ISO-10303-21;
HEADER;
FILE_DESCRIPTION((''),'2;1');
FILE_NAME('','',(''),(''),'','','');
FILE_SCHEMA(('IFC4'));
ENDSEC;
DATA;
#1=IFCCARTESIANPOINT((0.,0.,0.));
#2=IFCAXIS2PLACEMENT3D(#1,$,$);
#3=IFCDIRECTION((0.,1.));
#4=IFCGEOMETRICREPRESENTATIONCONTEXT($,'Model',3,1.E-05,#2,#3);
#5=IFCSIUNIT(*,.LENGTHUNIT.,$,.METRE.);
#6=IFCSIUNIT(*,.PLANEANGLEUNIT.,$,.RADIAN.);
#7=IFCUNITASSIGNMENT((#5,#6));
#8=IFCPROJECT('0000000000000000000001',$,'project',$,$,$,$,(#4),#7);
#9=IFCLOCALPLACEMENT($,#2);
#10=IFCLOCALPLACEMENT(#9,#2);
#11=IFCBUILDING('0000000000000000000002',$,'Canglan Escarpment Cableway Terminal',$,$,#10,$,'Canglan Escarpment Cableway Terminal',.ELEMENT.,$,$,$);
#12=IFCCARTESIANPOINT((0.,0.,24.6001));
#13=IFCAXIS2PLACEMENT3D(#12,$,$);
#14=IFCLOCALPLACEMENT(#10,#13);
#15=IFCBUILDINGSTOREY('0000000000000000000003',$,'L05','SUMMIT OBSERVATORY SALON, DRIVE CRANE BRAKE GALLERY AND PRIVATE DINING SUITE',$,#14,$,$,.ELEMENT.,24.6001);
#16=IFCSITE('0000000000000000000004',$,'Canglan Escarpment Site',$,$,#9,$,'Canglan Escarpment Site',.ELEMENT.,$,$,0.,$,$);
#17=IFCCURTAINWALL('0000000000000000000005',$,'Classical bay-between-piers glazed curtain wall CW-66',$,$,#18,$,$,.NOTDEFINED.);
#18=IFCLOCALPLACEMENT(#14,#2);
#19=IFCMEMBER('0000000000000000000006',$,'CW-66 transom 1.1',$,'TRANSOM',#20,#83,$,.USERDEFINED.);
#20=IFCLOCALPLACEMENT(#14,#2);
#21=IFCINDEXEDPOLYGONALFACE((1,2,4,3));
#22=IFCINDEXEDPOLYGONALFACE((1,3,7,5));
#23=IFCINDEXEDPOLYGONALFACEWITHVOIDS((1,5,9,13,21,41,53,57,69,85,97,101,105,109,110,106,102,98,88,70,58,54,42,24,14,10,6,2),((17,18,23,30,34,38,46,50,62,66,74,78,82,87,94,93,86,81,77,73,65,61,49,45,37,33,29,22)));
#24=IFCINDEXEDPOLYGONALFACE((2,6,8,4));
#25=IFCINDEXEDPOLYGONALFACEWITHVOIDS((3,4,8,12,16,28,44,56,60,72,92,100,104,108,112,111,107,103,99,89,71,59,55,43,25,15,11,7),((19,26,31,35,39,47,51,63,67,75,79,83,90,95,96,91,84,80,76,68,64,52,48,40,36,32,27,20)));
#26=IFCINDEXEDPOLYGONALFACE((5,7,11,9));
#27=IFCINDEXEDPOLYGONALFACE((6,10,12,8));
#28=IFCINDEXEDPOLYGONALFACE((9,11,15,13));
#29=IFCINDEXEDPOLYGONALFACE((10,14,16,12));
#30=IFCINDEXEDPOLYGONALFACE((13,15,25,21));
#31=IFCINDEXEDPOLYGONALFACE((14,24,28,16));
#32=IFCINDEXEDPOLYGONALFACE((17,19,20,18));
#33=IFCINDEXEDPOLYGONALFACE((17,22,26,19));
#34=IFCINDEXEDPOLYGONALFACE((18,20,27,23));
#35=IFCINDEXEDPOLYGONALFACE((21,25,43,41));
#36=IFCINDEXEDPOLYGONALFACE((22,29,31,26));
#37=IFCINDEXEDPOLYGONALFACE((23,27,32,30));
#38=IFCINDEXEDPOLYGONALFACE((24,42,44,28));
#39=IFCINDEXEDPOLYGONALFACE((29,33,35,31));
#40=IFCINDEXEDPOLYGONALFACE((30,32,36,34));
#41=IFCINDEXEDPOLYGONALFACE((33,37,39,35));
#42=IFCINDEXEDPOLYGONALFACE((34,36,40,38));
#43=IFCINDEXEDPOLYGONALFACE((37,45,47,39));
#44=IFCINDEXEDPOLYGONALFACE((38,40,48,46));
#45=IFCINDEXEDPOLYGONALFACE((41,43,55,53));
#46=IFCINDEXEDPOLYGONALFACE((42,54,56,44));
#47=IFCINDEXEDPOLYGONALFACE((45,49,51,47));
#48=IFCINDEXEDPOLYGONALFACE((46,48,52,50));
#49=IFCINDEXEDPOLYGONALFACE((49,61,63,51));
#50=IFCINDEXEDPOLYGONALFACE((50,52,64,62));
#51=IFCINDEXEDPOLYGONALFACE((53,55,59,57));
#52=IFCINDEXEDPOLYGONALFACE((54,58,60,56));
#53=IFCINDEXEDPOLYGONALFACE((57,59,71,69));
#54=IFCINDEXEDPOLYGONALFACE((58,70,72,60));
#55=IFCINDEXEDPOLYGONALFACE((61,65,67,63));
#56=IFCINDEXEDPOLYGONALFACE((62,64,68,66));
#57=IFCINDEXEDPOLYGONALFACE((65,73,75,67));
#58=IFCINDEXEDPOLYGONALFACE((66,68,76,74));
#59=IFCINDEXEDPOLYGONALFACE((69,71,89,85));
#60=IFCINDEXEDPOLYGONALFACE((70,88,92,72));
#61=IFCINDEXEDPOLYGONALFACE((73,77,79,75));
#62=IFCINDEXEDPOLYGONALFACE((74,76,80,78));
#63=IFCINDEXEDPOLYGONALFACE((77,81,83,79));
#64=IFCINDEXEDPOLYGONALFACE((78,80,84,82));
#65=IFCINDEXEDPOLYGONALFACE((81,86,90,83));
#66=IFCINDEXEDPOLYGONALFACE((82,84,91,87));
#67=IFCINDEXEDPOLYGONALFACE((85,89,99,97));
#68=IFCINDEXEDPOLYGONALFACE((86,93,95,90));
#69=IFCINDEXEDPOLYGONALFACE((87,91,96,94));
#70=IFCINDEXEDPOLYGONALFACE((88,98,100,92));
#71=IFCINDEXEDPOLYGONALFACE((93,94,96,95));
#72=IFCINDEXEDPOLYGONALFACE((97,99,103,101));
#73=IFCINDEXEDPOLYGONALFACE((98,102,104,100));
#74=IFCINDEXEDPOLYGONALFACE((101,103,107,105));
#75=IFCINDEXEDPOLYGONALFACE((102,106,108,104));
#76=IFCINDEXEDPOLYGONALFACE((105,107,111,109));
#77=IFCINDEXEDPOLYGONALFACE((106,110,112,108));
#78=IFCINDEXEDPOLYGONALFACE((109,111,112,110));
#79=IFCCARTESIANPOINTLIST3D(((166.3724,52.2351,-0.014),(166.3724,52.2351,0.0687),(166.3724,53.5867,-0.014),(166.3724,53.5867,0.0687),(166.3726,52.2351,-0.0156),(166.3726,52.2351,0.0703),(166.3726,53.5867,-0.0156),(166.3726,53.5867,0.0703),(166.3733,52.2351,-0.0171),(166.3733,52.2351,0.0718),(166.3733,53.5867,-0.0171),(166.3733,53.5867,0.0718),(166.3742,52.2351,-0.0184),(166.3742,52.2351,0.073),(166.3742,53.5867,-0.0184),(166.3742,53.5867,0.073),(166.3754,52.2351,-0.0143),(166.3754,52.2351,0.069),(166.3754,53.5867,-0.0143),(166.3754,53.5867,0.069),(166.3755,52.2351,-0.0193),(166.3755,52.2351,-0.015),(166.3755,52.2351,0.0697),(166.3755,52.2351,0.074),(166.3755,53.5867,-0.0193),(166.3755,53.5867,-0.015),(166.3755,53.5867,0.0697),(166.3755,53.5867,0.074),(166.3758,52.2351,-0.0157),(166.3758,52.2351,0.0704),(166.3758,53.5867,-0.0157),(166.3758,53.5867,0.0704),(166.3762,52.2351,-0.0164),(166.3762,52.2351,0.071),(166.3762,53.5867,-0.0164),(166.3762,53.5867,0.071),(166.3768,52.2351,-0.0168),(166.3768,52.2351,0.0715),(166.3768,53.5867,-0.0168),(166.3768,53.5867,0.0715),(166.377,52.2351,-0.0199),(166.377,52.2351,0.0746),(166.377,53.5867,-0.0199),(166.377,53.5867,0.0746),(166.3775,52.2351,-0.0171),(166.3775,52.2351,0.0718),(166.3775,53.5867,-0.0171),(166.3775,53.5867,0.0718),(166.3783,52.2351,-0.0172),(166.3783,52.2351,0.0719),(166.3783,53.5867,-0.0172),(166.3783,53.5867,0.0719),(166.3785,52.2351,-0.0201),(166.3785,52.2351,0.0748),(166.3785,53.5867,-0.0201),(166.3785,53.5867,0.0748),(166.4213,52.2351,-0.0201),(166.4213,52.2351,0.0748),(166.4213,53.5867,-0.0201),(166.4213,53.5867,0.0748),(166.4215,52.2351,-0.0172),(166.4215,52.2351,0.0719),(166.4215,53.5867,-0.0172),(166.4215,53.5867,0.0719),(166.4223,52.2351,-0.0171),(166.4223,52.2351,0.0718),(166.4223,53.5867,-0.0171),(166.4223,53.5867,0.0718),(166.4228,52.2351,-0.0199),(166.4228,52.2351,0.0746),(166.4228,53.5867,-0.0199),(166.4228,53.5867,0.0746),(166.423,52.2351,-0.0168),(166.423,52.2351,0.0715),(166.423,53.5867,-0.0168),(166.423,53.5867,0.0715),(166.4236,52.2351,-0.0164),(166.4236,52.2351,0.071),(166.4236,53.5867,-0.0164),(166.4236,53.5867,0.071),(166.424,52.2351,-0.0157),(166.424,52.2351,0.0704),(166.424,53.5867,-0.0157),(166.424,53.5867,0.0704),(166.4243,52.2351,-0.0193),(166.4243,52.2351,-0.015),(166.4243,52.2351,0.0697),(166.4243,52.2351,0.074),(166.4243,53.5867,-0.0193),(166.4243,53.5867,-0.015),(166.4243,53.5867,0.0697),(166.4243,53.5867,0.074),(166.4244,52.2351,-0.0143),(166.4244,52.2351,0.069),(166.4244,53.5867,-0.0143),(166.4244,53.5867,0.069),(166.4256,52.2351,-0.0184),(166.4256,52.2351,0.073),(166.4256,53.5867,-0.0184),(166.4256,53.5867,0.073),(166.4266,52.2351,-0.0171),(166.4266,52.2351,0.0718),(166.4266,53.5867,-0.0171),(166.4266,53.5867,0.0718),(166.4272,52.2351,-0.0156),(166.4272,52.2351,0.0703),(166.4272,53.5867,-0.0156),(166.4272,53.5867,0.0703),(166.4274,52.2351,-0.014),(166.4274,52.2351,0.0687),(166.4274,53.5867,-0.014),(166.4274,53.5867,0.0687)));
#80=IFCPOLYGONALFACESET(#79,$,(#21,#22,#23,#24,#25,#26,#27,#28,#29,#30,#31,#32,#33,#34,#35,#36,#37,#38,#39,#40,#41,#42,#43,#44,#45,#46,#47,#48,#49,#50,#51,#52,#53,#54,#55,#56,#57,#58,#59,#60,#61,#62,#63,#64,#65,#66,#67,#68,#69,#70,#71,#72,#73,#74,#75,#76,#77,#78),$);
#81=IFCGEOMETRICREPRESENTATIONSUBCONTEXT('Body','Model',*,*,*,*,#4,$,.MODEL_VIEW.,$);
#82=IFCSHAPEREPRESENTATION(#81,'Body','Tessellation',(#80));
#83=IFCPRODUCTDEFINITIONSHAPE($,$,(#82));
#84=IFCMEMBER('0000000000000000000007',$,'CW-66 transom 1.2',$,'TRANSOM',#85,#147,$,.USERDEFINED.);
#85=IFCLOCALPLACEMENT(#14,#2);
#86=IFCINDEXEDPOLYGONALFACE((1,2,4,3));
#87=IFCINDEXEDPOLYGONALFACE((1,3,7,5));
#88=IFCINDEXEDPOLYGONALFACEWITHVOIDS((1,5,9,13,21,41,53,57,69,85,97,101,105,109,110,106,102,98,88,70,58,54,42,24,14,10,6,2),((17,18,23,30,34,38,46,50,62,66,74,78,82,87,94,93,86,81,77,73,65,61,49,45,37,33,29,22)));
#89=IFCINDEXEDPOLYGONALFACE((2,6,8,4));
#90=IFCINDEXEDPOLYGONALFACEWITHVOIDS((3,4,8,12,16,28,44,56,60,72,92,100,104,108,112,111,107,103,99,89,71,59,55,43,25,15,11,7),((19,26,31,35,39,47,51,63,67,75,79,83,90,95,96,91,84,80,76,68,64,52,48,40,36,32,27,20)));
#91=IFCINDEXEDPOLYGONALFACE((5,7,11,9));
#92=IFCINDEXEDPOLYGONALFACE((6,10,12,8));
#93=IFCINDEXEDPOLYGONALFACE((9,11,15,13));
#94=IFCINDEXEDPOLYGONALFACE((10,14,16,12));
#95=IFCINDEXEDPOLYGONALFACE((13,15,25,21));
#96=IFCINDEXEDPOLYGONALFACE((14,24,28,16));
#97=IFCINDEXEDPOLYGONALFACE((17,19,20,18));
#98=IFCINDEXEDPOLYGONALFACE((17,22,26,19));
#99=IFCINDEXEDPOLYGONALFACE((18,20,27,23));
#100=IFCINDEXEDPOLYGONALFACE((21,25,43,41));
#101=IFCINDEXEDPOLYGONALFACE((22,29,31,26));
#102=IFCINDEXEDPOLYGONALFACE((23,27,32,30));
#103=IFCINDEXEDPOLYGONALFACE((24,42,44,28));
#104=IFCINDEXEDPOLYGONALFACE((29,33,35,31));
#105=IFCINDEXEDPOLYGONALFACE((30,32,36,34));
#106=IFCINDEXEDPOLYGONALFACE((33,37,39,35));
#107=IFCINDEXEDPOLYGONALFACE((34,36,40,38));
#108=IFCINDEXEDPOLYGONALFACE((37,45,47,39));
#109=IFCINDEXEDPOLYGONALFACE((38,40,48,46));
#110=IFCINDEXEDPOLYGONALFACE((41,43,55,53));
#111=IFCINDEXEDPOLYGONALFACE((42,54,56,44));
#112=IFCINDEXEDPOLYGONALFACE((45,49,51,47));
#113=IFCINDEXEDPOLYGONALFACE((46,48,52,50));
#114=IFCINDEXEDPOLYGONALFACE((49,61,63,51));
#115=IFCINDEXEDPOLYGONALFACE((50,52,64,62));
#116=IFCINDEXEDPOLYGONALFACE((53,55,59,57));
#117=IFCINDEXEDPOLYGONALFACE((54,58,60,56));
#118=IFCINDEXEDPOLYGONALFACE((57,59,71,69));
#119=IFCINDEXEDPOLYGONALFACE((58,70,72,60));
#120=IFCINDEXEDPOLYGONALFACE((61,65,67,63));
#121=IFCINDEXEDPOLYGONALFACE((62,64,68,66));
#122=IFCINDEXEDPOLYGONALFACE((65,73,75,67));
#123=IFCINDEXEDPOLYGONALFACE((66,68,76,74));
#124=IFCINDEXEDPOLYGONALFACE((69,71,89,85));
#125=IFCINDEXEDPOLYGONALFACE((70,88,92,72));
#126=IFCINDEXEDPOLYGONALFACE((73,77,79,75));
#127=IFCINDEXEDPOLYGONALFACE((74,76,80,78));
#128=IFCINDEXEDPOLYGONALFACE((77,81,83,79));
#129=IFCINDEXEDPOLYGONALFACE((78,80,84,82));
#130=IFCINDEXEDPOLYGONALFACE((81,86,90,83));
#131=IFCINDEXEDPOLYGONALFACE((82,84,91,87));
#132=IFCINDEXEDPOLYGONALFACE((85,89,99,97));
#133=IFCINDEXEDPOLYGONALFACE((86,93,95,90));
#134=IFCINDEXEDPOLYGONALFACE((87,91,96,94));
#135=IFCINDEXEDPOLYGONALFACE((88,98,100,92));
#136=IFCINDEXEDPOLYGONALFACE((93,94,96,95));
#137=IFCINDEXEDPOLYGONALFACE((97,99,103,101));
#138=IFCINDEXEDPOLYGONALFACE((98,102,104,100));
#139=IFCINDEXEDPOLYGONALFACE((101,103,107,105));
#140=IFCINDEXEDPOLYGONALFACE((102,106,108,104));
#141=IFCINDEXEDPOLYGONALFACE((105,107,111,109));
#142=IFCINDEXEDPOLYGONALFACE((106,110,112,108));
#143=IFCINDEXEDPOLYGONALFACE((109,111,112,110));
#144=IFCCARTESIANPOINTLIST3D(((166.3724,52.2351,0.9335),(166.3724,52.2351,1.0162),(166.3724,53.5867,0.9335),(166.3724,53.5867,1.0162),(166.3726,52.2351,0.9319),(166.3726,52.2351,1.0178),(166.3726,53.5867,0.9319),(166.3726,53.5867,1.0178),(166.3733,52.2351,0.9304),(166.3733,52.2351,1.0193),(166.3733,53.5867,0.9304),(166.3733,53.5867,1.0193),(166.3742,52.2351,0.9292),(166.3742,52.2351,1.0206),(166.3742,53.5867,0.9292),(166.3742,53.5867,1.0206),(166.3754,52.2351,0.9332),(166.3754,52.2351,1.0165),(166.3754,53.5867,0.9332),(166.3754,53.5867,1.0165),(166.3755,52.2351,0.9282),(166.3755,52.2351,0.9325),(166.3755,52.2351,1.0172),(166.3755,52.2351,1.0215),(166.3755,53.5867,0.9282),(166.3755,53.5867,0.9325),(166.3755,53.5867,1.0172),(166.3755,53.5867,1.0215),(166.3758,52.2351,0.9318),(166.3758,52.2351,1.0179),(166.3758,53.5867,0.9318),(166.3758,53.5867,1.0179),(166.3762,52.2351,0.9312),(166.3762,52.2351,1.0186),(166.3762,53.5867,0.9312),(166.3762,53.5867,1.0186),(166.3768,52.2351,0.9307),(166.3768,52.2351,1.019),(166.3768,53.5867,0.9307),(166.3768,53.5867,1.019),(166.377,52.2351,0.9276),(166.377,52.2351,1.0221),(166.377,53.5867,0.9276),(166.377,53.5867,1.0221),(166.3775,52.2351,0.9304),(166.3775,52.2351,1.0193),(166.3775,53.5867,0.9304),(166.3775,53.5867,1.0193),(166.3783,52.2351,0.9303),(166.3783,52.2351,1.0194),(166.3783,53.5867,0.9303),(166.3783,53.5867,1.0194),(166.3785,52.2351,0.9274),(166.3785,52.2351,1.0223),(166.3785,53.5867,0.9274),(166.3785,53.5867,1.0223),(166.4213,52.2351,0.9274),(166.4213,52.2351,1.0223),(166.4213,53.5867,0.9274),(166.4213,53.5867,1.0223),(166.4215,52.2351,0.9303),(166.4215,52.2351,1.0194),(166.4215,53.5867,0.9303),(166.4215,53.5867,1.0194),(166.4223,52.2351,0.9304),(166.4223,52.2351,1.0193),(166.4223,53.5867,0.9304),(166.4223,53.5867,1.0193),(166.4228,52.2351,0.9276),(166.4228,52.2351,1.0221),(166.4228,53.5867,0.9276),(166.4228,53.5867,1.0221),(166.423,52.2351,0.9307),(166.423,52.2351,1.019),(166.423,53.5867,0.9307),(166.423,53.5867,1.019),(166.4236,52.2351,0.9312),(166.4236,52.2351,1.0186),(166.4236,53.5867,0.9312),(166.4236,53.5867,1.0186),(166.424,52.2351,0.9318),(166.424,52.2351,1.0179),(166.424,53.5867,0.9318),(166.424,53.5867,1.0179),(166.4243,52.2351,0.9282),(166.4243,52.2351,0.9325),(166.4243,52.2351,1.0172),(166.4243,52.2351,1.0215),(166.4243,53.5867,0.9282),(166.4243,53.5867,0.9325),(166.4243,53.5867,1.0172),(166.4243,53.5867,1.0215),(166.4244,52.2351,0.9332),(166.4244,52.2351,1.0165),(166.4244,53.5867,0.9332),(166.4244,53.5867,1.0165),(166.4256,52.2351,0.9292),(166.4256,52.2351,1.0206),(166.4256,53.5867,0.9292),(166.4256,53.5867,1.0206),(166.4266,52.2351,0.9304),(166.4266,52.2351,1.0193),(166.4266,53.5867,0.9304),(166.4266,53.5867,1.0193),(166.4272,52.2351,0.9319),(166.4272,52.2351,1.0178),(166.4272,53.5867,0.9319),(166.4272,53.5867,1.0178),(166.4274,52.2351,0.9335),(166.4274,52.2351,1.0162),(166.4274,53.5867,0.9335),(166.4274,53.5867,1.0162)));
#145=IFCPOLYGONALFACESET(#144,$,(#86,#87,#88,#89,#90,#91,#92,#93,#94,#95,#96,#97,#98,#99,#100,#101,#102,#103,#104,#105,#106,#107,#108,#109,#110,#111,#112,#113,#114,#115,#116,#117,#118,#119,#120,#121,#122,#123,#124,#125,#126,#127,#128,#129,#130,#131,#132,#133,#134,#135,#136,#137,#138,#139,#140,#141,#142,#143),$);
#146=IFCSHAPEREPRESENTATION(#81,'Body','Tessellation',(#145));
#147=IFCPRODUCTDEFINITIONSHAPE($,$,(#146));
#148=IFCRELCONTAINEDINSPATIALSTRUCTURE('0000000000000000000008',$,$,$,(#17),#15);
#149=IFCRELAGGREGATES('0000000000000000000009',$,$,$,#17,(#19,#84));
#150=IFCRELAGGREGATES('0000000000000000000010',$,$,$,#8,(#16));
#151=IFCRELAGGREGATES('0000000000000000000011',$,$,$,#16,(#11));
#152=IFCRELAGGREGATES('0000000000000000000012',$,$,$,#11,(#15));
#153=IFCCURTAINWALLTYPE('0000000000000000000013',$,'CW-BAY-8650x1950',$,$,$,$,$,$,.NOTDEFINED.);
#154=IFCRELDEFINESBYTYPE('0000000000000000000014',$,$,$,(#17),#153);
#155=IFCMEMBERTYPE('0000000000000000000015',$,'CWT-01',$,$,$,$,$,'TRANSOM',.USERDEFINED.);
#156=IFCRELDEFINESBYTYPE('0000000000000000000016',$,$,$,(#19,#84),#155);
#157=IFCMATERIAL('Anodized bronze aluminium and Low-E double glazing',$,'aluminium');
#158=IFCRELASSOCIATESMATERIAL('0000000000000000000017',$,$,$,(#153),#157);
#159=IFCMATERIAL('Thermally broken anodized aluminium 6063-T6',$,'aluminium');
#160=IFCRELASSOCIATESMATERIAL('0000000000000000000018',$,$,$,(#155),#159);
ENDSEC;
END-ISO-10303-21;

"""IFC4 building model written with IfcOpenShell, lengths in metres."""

from ifc_helpers import new_model, si_unit, direction, frame, origin, origin_2d, place, context, subcontext, project, spatial, hollow_rectangle, extrude, material, material_profile, profile_set, type_object, element, aggregate, save


model = new_model("IFC4")

# Units and contexts
model_context = context("Model", 3, precision=1e-05, world=origin(), true_north=direction((0.0, 1.0)))
body_context = subcontext(model_context, "Body", "Model", "MODEL_VIEW")
ifc_project = project(units=[si_unit("LENGTHUNIT", "METRE"), si_unit("PLANEANGLEUNIT", "RADIAN")], contexts=[model_context])

# Site, building, storey
site_placement = place(None, origin())
site = spatial("IfcSite", under=ifc_project, at=site_placement, Name="Canglan Escarpment Site", LongName="Canglan Escarpment Site", CompositionType="ELEMENT", RefElevation=0.0)
building_placement = place(site_placement, origin())
building = spatial("IfcBuilding", under=site, at=building_placement, Name="Canglan Escarpment Cableway Terminal", LongName="Canglan Escarpment Cableway Terminal", CompositionType="ELEMENT")
storey_placement = place(building_placement, frame((0.0, 0.0, 24.6001)))
storey = spatial("IfcBuildingStorey", under=building, at=storey_placement, Name="L05", Description="SUMMIT OBSERVATORY SALON, DRIVE CRANE BRAKE GALLERY AND PRIVATE DINING SUITE", CompositionType="ELEMENT", Elevation=24.6001)

# Shared definitions
ifc_material_1 = material(Name="Anodized bronze aluminium and Low-E double glazing", Category="aluminium")
ifc_material_2 = material(Name="Thermally broken anodized aluminium 6063-T6", Category="aluminium")

# Curtain wall, members
curtain_wall_type_1 = type_object("IfcCurtainWallType", Name="CW-BAY-8650x1950", PredefinedType="NOTDEFINED", material=ifc_material_1)
curtain_wall_1_placement = place(storey_placement, origin())
curtain_wall_1 = element("IfcCurtainWall", 1, at=curtain_wall_1_placement, inside=storey, type_object=curtain_wall_type_1, Name="Classical bay-between-piers glazed curtain wall CW-66", PredefinedType="NOTDEFINED")
ifc_material_profile_1 = material_profile(ifc_material_2, hollow_rectangle(XDim=0.0549, YDim=0.095, WallThickness=0.0029, InnerFilletRadius=0.0029, OuterFilletRadius=0.0061, at=origin_2d()), Name="ALU-TRAN 55x95x3")
ifc_profile_set_1 = profile_set([ifc_material_profile_1], Name="Thermally broken anodized aluminium 6063-T6")
member_type_1 = type_object("IfcMemberType", Name="CWT-01", ElementType="TRANSOM", PredefinedType="USERDEFINED", material=ifc_profile_set_1)
member_1_placement = place(storey_placement, frame((166.3999, 52.2351, 0.0273), z_axis=(0.0, 1.0, 0.0), x_axis=(-1.0, 0.0, 0.0)))
member_1 = element("IfcMember", 2, at=member_1_placement, type_object=member_type_1, Name="CW-66 transom 1.1", ObjectType="TRANSOM", PredefinedType="USERDEFINED", context=body_context, shape_type="SweptSolid", body=[
    extrude(hollow_rectangle(XDim=0.0549, YDim=0.095, WallThickness=0.0029, InnerFilletRadius=0.0029, OuterFilletRadius=0.0061, at=origin_2d()), origin(), (0.0, 0.0, 1.0), 1.3516),
])
member_2_placement = place(storey_placement, frame((166.3999, 52.2351, 0.9749), z_axis=(0.0, 1.0, 0.0), x_axis=(-1.0, 0.0, 0.0)))
member_2 = element("IfcMember", 3, at=member_2_placement, type_object=member_type_1, Name="CW-66 transom 1.2", ObjectType="TRANSOM", PredefinedType="USERDEFINED", context=body_context, shape_type="SweptSolid", body=[
    extrude(hollow_rectangle(XDim=0.0549, YDim=0.095, WallThickness=0.0029, InnerFilletRadius=0.0029, OuterFilletRadius=0.0061, at=origin_2d()), origin(), (0.0, 0.0, 1.0), 1.3516),
])

aggregate(curtain_wall_1, [member_1, member_2])

save(model, "model.ifc")
